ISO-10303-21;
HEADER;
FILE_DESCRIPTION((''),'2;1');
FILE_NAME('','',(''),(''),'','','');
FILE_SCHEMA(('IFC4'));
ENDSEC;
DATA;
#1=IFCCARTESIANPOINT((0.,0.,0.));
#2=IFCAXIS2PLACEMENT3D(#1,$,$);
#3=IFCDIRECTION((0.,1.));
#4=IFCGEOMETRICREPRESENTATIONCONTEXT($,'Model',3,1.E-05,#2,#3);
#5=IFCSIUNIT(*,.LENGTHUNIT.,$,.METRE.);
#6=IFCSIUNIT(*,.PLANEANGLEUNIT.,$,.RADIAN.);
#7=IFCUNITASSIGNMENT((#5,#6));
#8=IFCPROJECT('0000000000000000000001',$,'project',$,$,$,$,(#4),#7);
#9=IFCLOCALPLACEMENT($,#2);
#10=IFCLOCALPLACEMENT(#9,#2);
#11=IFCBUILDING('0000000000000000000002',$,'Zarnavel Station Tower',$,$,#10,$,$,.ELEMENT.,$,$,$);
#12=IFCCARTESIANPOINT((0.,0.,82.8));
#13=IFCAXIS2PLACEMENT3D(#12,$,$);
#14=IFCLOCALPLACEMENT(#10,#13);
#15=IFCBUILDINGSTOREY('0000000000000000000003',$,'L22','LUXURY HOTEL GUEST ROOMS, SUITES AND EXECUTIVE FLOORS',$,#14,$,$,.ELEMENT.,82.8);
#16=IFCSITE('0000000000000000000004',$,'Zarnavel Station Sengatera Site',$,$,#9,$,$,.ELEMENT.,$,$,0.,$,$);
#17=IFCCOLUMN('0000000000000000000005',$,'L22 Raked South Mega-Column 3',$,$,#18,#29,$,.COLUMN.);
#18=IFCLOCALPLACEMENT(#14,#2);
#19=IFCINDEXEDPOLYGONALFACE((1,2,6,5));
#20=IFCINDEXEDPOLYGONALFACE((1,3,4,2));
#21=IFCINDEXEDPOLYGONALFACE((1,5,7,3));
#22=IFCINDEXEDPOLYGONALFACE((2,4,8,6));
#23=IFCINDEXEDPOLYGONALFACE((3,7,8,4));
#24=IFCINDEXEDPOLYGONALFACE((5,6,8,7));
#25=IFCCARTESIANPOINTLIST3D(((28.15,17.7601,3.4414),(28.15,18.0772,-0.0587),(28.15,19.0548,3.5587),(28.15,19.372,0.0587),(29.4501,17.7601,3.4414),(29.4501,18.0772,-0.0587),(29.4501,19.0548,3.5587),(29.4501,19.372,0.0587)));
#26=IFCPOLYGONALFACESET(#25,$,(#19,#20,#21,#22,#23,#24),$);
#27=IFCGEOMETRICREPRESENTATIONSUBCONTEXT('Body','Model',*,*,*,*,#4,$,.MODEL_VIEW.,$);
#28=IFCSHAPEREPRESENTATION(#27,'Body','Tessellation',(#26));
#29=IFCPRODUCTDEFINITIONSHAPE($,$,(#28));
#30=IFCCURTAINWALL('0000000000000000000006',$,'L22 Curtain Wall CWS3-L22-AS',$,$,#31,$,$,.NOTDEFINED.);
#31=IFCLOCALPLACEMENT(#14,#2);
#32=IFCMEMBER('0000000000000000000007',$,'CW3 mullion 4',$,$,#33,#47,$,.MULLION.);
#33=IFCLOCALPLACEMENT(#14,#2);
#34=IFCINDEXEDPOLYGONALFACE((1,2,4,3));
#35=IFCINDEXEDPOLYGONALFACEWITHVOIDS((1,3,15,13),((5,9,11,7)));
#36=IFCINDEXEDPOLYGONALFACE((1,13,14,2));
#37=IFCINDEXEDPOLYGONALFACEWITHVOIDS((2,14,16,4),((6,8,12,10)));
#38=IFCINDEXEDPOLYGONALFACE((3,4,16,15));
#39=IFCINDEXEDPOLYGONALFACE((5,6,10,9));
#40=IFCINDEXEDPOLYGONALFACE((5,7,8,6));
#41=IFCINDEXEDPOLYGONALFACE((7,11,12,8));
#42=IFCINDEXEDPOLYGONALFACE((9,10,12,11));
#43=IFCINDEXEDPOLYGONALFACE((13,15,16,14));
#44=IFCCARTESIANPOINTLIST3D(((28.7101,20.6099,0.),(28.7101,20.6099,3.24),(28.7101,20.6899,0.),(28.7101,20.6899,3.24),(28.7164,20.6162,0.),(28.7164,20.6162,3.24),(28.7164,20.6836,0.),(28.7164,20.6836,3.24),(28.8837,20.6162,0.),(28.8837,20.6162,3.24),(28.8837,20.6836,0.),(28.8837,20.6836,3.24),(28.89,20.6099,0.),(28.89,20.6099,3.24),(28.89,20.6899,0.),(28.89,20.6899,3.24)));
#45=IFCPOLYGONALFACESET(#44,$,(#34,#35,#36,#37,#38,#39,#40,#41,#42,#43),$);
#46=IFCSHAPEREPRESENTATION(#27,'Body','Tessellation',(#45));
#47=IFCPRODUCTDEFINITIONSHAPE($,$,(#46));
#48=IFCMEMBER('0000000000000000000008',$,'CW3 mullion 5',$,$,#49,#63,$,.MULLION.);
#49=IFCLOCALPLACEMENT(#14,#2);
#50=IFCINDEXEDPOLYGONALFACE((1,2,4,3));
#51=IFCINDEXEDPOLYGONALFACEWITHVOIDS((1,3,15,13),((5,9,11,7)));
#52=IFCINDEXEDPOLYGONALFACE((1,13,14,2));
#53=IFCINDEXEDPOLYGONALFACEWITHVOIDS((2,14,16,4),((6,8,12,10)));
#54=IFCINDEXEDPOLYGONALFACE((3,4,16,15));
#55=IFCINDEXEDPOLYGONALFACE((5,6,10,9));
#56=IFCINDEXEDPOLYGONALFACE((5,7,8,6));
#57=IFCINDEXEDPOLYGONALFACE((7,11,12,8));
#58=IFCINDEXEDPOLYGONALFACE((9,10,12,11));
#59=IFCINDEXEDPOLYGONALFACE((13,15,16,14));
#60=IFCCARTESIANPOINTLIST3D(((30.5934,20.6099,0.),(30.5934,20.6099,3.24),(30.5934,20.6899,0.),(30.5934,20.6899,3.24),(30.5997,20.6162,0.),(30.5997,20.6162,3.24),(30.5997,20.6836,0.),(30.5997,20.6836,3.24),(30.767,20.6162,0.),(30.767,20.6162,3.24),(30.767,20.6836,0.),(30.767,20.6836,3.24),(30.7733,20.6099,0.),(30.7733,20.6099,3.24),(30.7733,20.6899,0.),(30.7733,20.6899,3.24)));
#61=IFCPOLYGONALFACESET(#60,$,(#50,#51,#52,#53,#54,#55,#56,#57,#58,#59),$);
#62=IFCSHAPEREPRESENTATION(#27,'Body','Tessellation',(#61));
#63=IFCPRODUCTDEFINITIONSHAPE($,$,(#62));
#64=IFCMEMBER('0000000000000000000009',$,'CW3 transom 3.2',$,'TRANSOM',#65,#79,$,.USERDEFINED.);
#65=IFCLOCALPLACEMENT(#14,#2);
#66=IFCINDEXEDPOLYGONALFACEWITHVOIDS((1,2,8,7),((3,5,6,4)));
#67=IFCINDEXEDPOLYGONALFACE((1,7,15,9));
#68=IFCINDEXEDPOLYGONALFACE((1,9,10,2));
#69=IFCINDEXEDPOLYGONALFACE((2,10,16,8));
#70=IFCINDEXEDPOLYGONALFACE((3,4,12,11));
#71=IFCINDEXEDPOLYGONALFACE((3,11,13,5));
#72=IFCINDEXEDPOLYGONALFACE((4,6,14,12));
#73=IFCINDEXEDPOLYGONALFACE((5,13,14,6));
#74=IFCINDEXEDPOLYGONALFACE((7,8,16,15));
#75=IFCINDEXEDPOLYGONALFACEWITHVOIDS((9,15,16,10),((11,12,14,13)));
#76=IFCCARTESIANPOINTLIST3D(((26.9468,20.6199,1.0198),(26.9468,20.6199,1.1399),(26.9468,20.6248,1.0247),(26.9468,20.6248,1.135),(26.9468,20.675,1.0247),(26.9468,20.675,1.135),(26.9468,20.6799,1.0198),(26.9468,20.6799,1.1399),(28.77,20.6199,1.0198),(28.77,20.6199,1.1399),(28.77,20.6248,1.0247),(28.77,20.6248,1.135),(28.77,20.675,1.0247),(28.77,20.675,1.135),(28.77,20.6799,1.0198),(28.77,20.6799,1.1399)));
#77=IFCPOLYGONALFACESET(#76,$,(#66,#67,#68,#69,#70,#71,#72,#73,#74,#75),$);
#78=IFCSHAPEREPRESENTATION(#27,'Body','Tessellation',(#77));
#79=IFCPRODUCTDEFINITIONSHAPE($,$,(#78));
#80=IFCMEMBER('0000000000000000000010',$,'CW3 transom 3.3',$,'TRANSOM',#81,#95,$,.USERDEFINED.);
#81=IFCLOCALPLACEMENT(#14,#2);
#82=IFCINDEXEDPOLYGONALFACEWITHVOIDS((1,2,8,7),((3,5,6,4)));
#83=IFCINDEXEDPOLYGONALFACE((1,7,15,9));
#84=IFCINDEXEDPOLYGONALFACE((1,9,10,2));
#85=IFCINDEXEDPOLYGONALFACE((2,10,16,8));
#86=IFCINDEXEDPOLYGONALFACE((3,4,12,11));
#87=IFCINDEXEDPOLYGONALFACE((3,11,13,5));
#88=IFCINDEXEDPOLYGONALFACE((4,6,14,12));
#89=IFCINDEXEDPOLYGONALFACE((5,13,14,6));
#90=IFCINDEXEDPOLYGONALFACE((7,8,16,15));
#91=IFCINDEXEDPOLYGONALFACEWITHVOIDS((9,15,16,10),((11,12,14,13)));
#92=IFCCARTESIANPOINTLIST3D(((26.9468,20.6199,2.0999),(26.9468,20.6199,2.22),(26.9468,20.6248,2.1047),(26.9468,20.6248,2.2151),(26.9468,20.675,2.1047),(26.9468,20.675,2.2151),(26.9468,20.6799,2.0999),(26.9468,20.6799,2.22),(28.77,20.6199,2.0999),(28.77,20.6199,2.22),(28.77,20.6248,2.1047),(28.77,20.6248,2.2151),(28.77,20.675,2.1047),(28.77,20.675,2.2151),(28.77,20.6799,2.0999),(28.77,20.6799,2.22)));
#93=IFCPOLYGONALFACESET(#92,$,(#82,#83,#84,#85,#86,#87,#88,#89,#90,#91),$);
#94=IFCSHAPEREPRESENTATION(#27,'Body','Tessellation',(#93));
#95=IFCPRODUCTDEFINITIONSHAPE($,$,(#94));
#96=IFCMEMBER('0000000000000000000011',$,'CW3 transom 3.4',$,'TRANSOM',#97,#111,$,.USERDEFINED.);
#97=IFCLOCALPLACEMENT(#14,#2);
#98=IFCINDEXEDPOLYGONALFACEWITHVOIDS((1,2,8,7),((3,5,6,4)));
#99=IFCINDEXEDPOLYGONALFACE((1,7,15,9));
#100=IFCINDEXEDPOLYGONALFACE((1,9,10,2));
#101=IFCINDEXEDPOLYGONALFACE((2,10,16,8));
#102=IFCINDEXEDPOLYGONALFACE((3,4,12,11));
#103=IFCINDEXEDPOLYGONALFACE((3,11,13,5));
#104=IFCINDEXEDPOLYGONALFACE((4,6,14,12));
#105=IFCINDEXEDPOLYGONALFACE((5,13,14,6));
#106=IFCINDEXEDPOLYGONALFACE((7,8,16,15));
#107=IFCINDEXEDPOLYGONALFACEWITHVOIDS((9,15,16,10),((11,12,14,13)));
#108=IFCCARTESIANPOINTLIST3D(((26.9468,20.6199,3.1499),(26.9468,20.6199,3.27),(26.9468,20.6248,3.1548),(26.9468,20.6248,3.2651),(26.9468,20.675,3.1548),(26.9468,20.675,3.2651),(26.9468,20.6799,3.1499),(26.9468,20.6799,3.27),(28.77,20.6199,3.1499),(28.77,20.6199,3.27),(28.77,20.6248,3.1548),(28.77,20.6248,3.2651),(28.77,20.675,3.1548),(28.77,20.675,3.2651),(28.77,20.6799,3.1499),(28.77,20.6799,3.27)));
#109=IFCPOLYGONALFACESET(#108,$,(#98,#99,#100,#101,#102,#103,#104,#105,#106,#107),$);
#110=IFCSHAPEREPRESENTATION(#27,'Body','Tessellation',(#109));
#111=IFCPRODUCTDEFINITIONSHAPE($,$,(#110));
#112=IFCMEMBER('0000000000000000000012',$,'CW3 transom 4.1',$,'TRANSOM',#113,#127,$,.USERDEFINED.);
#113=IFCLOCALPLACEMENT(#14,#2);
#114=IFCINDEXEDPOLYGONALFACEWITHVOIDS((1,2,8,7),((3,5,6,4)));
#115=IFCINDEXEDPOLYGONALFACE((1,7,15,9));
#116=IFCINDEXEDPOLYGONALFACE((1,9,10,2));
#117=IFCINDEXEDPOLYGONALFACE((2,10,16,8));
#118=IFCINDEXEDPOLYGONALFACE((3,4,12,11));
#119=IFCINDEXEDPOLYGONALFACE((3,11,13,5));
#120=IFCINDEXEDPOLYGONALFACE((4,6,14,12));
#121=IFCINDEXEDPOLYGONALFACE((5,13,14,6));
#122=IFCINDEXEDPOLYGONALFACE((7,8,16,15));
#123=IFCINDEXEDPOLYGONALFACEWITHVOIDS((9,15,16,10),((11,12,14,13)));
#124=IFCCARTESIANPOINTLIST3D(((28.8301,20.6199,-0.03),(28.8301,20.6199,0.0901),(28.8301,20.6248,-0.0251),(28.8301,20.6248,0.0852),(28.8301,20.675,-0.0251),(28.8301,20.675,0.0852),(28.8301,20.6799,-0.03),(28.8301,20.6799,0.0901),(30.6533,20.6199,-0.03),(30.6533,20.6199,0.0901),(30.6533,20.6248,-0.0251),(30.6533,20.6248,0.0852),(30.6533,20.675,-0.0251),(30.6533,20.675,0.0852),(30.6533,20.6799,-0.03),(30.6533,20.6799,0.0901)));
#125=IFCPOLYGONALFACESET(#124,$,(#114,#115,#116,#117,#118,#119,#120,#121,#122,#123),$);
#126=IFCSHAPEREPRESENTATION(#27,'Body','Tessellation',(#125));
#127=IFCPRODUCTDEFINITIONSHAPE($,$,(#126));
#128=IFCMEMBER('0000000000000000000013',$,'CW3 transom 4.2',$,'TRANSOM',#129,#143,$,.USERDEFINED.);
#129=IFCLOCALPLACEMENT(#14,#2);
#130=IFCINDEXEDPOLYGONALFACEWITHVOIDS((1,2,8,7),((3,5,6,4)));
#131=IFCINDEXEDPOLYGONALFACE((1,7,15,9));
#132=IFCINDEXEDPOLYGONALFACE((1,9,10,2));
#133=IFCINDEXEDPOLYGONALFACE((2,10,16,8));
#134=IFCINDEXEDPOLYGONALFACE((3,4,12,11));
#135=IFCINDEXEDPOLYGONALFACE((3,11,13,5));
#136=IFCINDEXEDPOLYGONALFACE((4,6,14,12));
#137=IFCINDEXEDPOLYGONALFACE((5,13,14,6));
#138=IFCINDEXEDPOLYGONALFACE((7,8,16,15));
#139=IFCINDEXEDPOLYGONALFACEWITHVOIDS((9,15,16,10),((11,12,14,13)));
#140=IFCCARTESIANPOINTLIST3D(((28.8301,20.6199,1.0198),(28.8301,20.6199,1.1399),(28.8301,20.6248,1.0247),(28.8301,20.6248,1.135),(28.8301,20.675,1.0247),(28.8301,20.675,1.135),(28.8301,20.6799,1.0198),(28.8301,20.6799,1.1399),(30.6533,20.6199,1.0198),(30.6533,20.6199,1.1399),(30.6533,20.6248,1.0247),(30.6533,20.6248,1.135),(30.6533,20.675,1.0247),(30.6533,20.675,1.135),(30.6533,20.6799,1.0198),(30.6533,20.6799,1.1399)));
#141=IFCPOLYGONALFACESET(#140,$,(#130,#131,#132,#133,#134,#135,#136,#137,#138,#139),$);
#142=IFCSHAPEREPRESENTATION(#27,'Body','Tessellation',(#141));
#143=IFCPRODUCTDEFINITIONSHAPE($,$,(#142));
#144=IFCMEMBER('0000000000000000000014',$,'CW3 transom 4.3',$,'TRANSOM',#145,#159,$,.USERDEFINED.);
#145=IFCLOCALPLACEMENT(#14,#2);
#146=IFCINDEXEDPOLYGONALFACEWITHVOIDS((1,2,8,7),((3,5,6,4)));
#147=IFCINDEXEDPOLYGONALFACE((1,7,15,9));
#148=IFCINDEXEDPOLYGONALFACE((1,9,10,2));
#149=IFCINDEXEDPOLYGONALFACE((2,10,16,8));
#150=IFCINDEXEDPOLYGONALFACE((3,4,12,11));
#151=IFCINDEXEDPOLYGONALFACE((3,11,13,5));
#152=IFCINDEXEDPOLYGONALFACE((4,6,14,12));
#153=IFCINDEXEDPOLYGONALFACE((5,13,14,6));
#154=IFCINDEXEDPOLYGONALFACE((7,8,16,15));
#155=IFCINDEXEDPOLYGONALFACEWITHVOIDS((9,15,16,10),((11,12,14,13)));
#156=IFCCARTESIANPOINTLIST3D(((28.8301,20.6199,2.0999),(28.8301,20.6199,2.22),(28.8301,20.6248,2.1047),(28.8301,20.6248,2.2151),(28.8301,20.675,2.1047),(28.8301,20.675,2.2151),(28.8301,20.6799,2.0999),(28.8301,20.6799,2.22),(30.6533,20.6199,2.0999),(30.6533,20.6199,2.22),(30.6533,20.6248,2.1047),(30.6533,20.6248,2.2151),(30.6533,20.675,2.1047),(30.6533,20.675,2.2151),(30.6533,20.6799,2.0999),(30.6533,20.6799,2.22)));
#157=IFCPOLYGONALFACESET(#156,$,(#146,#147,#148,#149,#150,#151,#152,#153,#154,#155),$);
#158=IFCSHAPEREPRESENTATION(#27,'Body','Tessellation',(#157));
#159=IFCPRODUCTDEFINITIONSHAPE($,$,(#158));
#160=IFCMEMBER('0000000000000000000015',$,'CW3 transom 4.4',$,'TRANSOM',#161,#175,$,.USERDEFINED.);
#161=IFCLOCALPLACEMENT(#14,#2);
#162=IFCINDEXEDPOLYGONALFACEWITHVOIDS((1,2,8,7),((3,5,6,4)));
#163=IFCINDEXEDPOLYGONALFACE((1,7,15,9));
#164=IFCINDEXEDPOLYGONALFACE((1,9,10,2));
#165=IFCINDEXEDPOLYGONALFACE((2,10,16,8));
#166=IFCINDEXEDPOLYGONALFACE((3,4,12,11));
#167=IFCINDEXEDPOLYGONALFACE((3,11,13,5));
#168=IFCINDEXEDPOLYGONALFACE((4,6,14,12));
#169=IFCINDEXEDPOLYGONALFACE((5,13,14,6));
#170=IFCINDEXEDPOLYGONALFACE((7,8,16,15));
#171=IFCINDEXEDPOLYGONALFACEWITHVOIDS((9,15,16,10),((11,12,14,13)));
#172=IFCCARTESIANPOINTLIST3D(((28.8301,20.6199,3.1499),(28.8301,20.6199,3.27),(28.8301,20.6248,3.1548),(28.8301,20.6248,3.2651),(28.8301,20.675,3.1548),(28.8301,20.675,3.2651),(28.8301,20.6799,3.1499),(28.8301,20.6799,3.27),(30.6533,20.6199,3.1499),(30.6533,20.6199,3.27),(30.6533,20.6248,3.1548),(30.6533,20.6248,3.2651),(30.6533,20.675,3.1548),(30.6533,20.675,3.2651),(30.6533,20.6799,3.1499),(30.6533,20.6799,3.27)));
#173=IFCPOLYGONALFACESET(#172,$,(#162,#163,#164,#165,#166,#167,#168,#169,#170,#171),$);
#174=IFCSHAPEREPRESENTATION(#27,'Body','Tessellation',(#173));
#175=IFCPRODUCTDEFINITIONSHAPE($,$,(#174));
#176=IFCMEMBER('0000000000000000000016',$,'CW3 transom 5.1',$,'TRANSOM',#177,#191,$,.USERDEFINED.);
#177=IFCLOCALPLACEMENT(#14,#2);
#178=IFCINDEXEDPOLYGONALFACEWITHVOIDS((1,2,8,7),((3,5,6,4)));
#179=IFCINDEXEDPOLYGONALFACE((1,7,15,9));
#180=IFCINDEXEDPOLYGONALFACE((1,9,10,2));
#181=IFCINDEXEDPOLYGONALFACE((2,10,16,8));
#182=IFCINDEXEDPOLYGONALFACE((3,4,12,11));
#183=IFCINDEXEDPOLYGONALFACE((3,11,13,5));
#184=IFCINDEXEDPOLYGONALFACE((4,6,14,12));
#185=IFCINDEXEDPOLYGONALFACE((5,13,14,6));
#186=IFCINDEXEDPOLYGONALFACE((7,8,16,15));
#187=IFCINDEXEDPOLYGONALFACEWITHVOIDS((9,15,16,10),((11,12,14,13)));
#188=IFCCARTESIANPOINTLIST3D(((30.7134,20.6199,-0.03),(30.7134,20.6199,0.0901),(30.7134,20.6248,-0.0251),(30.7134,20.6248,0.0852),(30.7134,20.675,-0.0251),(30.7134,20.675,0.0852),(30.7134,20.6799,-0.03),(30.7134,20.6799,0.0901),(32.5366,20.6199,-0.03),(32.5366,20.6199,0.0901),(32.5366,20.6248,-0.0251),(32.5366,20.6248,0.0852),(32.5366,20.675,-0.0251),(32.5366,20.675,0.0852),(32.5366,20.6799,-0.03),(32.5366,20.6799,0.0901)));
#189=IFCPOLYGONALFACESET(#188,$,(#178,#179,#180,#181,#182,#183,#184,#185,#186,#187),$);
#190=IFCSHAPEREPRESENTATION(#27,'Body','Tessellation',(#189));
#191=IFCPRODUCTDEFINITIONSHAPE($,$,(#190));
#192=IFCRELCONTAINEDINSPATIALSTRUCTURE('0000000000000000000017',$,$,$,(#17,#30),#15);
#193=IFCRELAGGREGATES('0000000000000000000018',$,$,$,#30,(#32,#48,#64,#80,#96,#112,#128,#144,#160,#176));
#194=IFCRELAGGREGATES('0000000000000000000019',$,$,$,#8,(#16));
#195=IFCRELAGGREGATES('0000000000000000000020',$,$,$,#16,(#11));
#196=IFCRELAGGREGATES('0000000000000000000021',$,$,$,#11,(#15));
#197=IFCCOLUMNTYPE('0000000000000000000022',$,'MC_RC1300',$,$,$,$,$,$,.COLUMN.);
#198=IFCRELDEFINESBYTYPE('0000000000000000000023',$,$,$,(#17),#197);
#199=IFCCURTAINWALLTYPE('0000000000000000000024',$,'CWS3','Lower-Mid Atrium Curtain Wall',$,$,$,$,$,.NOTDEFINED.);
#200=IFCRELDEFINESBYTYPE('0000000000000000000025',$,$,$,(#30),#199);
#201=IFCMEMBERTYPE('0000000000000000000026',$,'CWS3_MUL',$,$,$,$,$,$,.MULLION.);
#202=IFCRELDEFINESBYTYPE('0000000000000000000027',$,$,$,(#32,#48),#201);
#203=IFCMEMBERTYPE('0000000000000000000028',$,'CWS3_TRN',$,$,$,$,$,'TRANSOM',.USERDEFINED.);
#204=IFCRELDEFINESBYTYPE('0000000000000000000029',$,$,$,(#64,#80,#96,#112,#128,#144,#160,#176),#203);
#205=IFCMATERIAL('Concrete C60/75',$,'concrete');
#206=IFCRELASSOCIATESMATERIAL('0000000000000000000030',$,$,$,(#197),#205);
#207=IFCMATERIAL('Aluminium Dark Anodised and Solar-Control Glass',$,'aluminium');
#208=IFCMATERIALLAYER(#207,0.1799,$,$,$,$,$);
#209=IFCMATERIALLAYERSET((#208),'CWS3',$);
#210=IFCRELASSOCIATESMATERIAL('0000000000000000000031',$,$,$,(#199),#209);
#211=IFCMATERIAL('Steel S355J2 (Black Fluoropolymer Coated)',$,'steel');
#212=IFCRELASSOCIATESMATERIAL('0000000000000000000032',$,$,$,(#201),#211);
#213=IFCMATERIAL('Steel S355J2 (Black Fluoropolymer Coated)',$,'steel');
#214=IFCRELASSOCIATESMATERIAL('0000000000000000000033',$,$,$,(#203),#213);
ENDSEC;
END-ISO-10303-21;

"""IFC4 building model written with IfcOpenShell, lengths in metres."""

from ifc_helpers import new_model, si_unit, direction, frame, origin, origin_2d, place, context, subcontext, project, spatial, rectangle, hollow_rectangle, extrude, material, layer, layer_set, material_profile, profile_set, type_object, element, aggregate, save


model = new_model("IFC4")

# Units and contexts
model_context = context("Model", 3, precision=1e-05, world=origin(), true_north=direction((0.0, 1.0)))
body_context = subcontext(model_context, "Body", "Model", "MODEL_VIEW")
ifc_project = project(units=[si_unit("LENGTHUNIT", "METRE"), si_unit("PLANEANGLEUNIT", "RADIAN")], contexts=[model_context])

# Site, building, storey
site_placement = place(None, origin())
site = spatial("IfcSite", under=ifc_project, at=site_placement, Name="Zarnavel Station Sengatera Site", CompositionType="ELEMENT", RefElevation=0.0)
building_placement = place(site_placement, origin())
building = spatial("IfcBuilding", under=site, at=building_placement, Name="Zarnavel Station Tower", CompositionType="ELEMENT")
storey_placement = place(building_placement, frame((0.0, 0.0, 82.8)))
storey = spatial("IfcBuildingStorey", under=building, at=storey_placement, Name="L22", Description="LUXURY HOTEL GUEST ROOMS, SUITES AND EXECUTIVE FLOORS", CompositionType="ELEMENT", Elevation=82.8)

# Column
ifc_material_1 = material(Name="Concrete C60/75", Category="concrete")
ifc_material_profile_1 = material_profile(ifc_material_1, rectangle(XDim=1.3, YDim=1.3, at=origin_2d()), Name="RC1300x1300")
ifc_profile_set_1 = profile_set([ifc_material_profile_1], Name="Concrete C60/75")
column_type = type_object("IfcColumnType", Name="MC_RC1300", PredefinedType="COLUMN", material=ifc_profile_set_1)
column_placement = place(storey_placement, frame((28.8, 18.7246, 0.0), z_axis=(0.0, -0.090241, 0.99592), x_axis=(1.0, 0.0, 0.0)))
element("IfcColumn", 1, at=column_placement, inside=storey, type_object=column_type, Name="L22 Raked South Mega-Column 3", PredefinedType="COLUMN", context=body_context, shape_type="SweptSolid", body=[
    extrude(rectangle(XDim=1.3, YDim=1.3, at=origin_2d()), origin(), (0.0, 0.0, 1.0), 3.5144),
])

# Curtain wall, members
ifc_material_2 = material(Name="Aluminium Dark Anodised and Solar-Control Glass", Category="aluminium")
ifc_layer_1 = layer(ifc_material_2, 0.1799)
ifc_layer_set_1 = layer_set([ifc_layer_1], Name="CWS3")
curtain_wall_type_1 = type_object("IfcCurtainWallType", Name="CWS3", Description="Lower-Mid Atrium Curtain Wall", PredefinedType="NOTDEFINED", material=ifc_layer_set_1)
curtain_wall_1_placement = place(storey_placement, origin())
curtain_wall_1 = element("IfcCurtainWall", 2, at=curtain_wall_1_placement, inside=storey, type_object=curtain_wall_type_1, Name="L22 Curtain Wall CWS3-L22-AS", PredefinedType="NOTDEFINED")
ifc_material_3 = material(Name="Steel S355J2 (Black Fluoropolymer Coated)", Category="steel")
ifc_material_profile_2 = material_profile(ifc_material_3, hollow_rectangle(XDim=0.0801, YDim=0.1799, WallThickness=0.0063, at=origin_2d()), Name="RHS180x80x6.3")
ifc_profile_set_2 = profile_set([ifc_material_profile_2], Name="Steel S355J2 (Black Fluoropolymer Coated)")
member_type_1 = type_object("IfcMemberType", Name="CWS3_MUL", PredefinedType="MULLION", material=ifc_profile_set_2)
member_1_placement = place(storey_placement, frame((28.8, 20.6499, 0.0), z_axis=(0.0, 0.0, 1.0), x_axis=(0.0, 1.0, 0.0)))
member_1 = element("IfcMember", 3, at=member_1_placement, type_object=member_type_1, Name="CW3 mullion 4", PredefinedType="MULLION", context=body_context, shape_type="SweptSolid", body=[
    extrude(hollow_rectangle(XDim=0.0801, YDim=0.1799, WallThickness=0.0063, at=origin_2d()), origin(), (0.0, 0.0, 1.0), 3.24),
])
member_2_placement = place(storey_placement, frame((30.6833, 20.6499, 0.0), z_axis=(0.0, 0.0, 1.0), x_axis=(0.0, 1.0, 0.0)))
member_2 = element("IfcMember", 4, at=member_2_placement, type_object=member_type_1, Name="CW3 mullion 5", PredefinedType="MULLION", context=body_context, shape_type="SweptSolid", body=[
    extrude(hollow_rectangle(XDim=0.0801, YDim=0.1799, WallThickness=0.0063, at=origin_2d()), origin(), (0.0, 0.0, 1.0), 3.24),
])
ifc_material_4 = material(Name="Steel S355J2 (Black Fluoropolymer Coated)", Category="steel")
ifc_material_profile_3 = material_profile(ifc_material_4, hollow_rectangle(XDim=0.0601, YDim=0.1201, WallThickness=0.0049, at=origin_2d()), Name="RHS120x60x5")
ifc_profile_set_3 = profile_set([ifc_material_profile_3], Name="Steel S355J2 (Black Fluoropolymer Coated)")
member_type_2 = type_object("IfcMemberType", Name="CWS3_TRN", ElementType="TRANSOM", PredefinedType="USERDEFINED", material=ifc_profile_set_3)
member_3_placement = place(storey_placement, frame((26.9468, 20.6499, 1.0798), z_axis=(1.0, 0.0, 0.0), x_axis=(0.0, 1.0, 0.0)))
member_3 = element("IfcMember", 5, at=member_3_placement, type_object=member_type_2, Name="CW3 transom 3.2", ObjectType="TRANSOM", PredefinedType="USERDEFINED", context=body_context, shape_type="SweptSolid", body=[
    extrude(hollow_rectangle(XDim=0.0601, YDim=0.1201, WallThickness=0.0049, at=origin_2d()), origin(), (0.0, 0.0, 1.0), 1.8232),
])
member_4_placement = place(storey_placement, frame((26.9468, 20.6499, 2.1599), z_axis=(1.0, 0.0, 0.0), x_axis=(0.0, 1.0, 0.0)))
member_4 = element("IfcMember", 6, at=member_4_placement, type_object=member_type_2, Name="CW3 transom 3.3", ObjectType="TRANSOM", PredefinedType="USERDEFINED", context=body_context, shape_type="SweptSolid", body=[
    extrude(hollow_rectangle(XDim=0.0601, YDim=0.1201, WallThickness=0.0049, at=origin_2d()), origin(), (0.0, 0.0, 1.0), 1.8232),
])
member_5_placement = place(storey_placement, frame((26.9468, 20.6499, 3.21), z_axis=(1.0, 0.0, 0.0), x_axis=(0.0, 1.0, 0.0)))
member_5 = element("IfcMember", 7, at=member_5_placement, type_object=member_type_2, Name="CW3 transom 3.4", ObjectType="TRANSOM", PredefinedType="USERDEFINED", context=body_context, shape_type="SweptSolid", body=[
    extrude(hollow_rectangle(XDim=0.0601, YDim=0.1201, WallThickness=0.0049, at=origin_2d()), origin(), (0.0, 0.0, 1.0), 1.8232),
])
member_6_placement = place(storey_placement, frame((28.8301, 20.6499, 0.03), z_axis=(1.0, 0.0, 0.0), x_axis=(0.0, 1.0, 0.0)))
member_6 = element("IfcMember", 8, at=member_6_placement, type_object=member_type_2, Name="CW3 transom 4.1", ObjectType="TRANSOM", PredefinedType="USERDEFINED", context=body_context, shape_type="SweptSolid", body=[
    extrude(hollow_rectangle(XDim=0.0601, YDim=0.1201, WallThickness=0.0049, at=origin_2d()), origin(), (0.0, 0.0, 1.0), 1.8232),
])
member_7_placement = place(storey_placement, frame((28.8301, 20.6499, 1.0798), z_axis=(1.0, 0.0, 0.0), x_axis=(0.0, 1.0, 0.0)))
member_7 = element("IfcMember", 9, at=member_7_placement, type_object=member_type_2, Name="CW3 transom 4.2", ObjectType="TRANSOM", PredefinedType="USERDEFINED", context=body_context, shape_type="SweptSolid", body=[
    extrude(hollow_rectangle(XDim=0.0601, YDim=0.1201, WallThickness=0.0049, at=origin_2d()), origin(), (0.0, 0.0, 1.0), 1.8232),
])
member_8_placement = place(storey_placement, frame((28.8301, 20.6499, 2.1599), z_axis=(1.0, 0.0, 0.0), x_axis=(0.0, 1.0, 0.0)))
member_8 = element("IfcMember", 10, at=member_8_placement, type_object=member_type_2, Name="CW3 transom 4.3", ObjectType="TRANSOM", PredefinedType="USERDEFINED", context=body_context, shape_type="SweptSolid", body=[
    extrude(hollow_rectangle(XDim=0.0601, YDim=0.1201, WallThickness=0.0049, at=origin_2d()), origin(), (0.0, 0.0, 1.0), 1.8232),
])
member_9_placement = place(storey_placement, frame((28.8301, 20.6499, 3.21), z_axis=(1.0, 0.0, 0.0), x_axis=(0.0, 1.0, 0.0)))
member_9 = element("IfcMember", 11, at=member_9_placement, type_object=member_type_2, Name="CW3 transom 4.4", ObjectType="TRANSOM", PredefinedType="USERDEFINED", context=body_context, shape_type="SweptSolid", body=[
    extrude(hollow_rectangle(XDim=0.0601, YDim=0.1201, WallThickness=0.0049, at=origin_2d()), origin(), (0.0, 0.0, 1.0), 1.8232),
])
member_10_placement = place(storey_placement, frame((30.7134, 20.6499, 0.03), z_axis=(1.0, 0.0, 0.0), x_axis=(0.0, 1.0, 0.0)))
member_10 = element("IfcMember", 12, at=member_10_placement, type_object=member_type_2, Name="CW3 transom 5.1", ObjectType="TRANSOM", PredefinedType="USERDEFINED", context=body_context, shape_type="SweptSolid", body=[
    extrude(hollow_rectangle(XDim=0.0601, YDim=0.1201, WallThickness=0.0049, at=origin_2d()), origin(), (0.0, 0.0, 1.0), 1.8232),
])

aggregate(curtain_wall_1, [member_1, member_2, member_3, member_4, member_5, member_6, member_7, member_8, member_9, member_10])

save(model, "model.ifc")
